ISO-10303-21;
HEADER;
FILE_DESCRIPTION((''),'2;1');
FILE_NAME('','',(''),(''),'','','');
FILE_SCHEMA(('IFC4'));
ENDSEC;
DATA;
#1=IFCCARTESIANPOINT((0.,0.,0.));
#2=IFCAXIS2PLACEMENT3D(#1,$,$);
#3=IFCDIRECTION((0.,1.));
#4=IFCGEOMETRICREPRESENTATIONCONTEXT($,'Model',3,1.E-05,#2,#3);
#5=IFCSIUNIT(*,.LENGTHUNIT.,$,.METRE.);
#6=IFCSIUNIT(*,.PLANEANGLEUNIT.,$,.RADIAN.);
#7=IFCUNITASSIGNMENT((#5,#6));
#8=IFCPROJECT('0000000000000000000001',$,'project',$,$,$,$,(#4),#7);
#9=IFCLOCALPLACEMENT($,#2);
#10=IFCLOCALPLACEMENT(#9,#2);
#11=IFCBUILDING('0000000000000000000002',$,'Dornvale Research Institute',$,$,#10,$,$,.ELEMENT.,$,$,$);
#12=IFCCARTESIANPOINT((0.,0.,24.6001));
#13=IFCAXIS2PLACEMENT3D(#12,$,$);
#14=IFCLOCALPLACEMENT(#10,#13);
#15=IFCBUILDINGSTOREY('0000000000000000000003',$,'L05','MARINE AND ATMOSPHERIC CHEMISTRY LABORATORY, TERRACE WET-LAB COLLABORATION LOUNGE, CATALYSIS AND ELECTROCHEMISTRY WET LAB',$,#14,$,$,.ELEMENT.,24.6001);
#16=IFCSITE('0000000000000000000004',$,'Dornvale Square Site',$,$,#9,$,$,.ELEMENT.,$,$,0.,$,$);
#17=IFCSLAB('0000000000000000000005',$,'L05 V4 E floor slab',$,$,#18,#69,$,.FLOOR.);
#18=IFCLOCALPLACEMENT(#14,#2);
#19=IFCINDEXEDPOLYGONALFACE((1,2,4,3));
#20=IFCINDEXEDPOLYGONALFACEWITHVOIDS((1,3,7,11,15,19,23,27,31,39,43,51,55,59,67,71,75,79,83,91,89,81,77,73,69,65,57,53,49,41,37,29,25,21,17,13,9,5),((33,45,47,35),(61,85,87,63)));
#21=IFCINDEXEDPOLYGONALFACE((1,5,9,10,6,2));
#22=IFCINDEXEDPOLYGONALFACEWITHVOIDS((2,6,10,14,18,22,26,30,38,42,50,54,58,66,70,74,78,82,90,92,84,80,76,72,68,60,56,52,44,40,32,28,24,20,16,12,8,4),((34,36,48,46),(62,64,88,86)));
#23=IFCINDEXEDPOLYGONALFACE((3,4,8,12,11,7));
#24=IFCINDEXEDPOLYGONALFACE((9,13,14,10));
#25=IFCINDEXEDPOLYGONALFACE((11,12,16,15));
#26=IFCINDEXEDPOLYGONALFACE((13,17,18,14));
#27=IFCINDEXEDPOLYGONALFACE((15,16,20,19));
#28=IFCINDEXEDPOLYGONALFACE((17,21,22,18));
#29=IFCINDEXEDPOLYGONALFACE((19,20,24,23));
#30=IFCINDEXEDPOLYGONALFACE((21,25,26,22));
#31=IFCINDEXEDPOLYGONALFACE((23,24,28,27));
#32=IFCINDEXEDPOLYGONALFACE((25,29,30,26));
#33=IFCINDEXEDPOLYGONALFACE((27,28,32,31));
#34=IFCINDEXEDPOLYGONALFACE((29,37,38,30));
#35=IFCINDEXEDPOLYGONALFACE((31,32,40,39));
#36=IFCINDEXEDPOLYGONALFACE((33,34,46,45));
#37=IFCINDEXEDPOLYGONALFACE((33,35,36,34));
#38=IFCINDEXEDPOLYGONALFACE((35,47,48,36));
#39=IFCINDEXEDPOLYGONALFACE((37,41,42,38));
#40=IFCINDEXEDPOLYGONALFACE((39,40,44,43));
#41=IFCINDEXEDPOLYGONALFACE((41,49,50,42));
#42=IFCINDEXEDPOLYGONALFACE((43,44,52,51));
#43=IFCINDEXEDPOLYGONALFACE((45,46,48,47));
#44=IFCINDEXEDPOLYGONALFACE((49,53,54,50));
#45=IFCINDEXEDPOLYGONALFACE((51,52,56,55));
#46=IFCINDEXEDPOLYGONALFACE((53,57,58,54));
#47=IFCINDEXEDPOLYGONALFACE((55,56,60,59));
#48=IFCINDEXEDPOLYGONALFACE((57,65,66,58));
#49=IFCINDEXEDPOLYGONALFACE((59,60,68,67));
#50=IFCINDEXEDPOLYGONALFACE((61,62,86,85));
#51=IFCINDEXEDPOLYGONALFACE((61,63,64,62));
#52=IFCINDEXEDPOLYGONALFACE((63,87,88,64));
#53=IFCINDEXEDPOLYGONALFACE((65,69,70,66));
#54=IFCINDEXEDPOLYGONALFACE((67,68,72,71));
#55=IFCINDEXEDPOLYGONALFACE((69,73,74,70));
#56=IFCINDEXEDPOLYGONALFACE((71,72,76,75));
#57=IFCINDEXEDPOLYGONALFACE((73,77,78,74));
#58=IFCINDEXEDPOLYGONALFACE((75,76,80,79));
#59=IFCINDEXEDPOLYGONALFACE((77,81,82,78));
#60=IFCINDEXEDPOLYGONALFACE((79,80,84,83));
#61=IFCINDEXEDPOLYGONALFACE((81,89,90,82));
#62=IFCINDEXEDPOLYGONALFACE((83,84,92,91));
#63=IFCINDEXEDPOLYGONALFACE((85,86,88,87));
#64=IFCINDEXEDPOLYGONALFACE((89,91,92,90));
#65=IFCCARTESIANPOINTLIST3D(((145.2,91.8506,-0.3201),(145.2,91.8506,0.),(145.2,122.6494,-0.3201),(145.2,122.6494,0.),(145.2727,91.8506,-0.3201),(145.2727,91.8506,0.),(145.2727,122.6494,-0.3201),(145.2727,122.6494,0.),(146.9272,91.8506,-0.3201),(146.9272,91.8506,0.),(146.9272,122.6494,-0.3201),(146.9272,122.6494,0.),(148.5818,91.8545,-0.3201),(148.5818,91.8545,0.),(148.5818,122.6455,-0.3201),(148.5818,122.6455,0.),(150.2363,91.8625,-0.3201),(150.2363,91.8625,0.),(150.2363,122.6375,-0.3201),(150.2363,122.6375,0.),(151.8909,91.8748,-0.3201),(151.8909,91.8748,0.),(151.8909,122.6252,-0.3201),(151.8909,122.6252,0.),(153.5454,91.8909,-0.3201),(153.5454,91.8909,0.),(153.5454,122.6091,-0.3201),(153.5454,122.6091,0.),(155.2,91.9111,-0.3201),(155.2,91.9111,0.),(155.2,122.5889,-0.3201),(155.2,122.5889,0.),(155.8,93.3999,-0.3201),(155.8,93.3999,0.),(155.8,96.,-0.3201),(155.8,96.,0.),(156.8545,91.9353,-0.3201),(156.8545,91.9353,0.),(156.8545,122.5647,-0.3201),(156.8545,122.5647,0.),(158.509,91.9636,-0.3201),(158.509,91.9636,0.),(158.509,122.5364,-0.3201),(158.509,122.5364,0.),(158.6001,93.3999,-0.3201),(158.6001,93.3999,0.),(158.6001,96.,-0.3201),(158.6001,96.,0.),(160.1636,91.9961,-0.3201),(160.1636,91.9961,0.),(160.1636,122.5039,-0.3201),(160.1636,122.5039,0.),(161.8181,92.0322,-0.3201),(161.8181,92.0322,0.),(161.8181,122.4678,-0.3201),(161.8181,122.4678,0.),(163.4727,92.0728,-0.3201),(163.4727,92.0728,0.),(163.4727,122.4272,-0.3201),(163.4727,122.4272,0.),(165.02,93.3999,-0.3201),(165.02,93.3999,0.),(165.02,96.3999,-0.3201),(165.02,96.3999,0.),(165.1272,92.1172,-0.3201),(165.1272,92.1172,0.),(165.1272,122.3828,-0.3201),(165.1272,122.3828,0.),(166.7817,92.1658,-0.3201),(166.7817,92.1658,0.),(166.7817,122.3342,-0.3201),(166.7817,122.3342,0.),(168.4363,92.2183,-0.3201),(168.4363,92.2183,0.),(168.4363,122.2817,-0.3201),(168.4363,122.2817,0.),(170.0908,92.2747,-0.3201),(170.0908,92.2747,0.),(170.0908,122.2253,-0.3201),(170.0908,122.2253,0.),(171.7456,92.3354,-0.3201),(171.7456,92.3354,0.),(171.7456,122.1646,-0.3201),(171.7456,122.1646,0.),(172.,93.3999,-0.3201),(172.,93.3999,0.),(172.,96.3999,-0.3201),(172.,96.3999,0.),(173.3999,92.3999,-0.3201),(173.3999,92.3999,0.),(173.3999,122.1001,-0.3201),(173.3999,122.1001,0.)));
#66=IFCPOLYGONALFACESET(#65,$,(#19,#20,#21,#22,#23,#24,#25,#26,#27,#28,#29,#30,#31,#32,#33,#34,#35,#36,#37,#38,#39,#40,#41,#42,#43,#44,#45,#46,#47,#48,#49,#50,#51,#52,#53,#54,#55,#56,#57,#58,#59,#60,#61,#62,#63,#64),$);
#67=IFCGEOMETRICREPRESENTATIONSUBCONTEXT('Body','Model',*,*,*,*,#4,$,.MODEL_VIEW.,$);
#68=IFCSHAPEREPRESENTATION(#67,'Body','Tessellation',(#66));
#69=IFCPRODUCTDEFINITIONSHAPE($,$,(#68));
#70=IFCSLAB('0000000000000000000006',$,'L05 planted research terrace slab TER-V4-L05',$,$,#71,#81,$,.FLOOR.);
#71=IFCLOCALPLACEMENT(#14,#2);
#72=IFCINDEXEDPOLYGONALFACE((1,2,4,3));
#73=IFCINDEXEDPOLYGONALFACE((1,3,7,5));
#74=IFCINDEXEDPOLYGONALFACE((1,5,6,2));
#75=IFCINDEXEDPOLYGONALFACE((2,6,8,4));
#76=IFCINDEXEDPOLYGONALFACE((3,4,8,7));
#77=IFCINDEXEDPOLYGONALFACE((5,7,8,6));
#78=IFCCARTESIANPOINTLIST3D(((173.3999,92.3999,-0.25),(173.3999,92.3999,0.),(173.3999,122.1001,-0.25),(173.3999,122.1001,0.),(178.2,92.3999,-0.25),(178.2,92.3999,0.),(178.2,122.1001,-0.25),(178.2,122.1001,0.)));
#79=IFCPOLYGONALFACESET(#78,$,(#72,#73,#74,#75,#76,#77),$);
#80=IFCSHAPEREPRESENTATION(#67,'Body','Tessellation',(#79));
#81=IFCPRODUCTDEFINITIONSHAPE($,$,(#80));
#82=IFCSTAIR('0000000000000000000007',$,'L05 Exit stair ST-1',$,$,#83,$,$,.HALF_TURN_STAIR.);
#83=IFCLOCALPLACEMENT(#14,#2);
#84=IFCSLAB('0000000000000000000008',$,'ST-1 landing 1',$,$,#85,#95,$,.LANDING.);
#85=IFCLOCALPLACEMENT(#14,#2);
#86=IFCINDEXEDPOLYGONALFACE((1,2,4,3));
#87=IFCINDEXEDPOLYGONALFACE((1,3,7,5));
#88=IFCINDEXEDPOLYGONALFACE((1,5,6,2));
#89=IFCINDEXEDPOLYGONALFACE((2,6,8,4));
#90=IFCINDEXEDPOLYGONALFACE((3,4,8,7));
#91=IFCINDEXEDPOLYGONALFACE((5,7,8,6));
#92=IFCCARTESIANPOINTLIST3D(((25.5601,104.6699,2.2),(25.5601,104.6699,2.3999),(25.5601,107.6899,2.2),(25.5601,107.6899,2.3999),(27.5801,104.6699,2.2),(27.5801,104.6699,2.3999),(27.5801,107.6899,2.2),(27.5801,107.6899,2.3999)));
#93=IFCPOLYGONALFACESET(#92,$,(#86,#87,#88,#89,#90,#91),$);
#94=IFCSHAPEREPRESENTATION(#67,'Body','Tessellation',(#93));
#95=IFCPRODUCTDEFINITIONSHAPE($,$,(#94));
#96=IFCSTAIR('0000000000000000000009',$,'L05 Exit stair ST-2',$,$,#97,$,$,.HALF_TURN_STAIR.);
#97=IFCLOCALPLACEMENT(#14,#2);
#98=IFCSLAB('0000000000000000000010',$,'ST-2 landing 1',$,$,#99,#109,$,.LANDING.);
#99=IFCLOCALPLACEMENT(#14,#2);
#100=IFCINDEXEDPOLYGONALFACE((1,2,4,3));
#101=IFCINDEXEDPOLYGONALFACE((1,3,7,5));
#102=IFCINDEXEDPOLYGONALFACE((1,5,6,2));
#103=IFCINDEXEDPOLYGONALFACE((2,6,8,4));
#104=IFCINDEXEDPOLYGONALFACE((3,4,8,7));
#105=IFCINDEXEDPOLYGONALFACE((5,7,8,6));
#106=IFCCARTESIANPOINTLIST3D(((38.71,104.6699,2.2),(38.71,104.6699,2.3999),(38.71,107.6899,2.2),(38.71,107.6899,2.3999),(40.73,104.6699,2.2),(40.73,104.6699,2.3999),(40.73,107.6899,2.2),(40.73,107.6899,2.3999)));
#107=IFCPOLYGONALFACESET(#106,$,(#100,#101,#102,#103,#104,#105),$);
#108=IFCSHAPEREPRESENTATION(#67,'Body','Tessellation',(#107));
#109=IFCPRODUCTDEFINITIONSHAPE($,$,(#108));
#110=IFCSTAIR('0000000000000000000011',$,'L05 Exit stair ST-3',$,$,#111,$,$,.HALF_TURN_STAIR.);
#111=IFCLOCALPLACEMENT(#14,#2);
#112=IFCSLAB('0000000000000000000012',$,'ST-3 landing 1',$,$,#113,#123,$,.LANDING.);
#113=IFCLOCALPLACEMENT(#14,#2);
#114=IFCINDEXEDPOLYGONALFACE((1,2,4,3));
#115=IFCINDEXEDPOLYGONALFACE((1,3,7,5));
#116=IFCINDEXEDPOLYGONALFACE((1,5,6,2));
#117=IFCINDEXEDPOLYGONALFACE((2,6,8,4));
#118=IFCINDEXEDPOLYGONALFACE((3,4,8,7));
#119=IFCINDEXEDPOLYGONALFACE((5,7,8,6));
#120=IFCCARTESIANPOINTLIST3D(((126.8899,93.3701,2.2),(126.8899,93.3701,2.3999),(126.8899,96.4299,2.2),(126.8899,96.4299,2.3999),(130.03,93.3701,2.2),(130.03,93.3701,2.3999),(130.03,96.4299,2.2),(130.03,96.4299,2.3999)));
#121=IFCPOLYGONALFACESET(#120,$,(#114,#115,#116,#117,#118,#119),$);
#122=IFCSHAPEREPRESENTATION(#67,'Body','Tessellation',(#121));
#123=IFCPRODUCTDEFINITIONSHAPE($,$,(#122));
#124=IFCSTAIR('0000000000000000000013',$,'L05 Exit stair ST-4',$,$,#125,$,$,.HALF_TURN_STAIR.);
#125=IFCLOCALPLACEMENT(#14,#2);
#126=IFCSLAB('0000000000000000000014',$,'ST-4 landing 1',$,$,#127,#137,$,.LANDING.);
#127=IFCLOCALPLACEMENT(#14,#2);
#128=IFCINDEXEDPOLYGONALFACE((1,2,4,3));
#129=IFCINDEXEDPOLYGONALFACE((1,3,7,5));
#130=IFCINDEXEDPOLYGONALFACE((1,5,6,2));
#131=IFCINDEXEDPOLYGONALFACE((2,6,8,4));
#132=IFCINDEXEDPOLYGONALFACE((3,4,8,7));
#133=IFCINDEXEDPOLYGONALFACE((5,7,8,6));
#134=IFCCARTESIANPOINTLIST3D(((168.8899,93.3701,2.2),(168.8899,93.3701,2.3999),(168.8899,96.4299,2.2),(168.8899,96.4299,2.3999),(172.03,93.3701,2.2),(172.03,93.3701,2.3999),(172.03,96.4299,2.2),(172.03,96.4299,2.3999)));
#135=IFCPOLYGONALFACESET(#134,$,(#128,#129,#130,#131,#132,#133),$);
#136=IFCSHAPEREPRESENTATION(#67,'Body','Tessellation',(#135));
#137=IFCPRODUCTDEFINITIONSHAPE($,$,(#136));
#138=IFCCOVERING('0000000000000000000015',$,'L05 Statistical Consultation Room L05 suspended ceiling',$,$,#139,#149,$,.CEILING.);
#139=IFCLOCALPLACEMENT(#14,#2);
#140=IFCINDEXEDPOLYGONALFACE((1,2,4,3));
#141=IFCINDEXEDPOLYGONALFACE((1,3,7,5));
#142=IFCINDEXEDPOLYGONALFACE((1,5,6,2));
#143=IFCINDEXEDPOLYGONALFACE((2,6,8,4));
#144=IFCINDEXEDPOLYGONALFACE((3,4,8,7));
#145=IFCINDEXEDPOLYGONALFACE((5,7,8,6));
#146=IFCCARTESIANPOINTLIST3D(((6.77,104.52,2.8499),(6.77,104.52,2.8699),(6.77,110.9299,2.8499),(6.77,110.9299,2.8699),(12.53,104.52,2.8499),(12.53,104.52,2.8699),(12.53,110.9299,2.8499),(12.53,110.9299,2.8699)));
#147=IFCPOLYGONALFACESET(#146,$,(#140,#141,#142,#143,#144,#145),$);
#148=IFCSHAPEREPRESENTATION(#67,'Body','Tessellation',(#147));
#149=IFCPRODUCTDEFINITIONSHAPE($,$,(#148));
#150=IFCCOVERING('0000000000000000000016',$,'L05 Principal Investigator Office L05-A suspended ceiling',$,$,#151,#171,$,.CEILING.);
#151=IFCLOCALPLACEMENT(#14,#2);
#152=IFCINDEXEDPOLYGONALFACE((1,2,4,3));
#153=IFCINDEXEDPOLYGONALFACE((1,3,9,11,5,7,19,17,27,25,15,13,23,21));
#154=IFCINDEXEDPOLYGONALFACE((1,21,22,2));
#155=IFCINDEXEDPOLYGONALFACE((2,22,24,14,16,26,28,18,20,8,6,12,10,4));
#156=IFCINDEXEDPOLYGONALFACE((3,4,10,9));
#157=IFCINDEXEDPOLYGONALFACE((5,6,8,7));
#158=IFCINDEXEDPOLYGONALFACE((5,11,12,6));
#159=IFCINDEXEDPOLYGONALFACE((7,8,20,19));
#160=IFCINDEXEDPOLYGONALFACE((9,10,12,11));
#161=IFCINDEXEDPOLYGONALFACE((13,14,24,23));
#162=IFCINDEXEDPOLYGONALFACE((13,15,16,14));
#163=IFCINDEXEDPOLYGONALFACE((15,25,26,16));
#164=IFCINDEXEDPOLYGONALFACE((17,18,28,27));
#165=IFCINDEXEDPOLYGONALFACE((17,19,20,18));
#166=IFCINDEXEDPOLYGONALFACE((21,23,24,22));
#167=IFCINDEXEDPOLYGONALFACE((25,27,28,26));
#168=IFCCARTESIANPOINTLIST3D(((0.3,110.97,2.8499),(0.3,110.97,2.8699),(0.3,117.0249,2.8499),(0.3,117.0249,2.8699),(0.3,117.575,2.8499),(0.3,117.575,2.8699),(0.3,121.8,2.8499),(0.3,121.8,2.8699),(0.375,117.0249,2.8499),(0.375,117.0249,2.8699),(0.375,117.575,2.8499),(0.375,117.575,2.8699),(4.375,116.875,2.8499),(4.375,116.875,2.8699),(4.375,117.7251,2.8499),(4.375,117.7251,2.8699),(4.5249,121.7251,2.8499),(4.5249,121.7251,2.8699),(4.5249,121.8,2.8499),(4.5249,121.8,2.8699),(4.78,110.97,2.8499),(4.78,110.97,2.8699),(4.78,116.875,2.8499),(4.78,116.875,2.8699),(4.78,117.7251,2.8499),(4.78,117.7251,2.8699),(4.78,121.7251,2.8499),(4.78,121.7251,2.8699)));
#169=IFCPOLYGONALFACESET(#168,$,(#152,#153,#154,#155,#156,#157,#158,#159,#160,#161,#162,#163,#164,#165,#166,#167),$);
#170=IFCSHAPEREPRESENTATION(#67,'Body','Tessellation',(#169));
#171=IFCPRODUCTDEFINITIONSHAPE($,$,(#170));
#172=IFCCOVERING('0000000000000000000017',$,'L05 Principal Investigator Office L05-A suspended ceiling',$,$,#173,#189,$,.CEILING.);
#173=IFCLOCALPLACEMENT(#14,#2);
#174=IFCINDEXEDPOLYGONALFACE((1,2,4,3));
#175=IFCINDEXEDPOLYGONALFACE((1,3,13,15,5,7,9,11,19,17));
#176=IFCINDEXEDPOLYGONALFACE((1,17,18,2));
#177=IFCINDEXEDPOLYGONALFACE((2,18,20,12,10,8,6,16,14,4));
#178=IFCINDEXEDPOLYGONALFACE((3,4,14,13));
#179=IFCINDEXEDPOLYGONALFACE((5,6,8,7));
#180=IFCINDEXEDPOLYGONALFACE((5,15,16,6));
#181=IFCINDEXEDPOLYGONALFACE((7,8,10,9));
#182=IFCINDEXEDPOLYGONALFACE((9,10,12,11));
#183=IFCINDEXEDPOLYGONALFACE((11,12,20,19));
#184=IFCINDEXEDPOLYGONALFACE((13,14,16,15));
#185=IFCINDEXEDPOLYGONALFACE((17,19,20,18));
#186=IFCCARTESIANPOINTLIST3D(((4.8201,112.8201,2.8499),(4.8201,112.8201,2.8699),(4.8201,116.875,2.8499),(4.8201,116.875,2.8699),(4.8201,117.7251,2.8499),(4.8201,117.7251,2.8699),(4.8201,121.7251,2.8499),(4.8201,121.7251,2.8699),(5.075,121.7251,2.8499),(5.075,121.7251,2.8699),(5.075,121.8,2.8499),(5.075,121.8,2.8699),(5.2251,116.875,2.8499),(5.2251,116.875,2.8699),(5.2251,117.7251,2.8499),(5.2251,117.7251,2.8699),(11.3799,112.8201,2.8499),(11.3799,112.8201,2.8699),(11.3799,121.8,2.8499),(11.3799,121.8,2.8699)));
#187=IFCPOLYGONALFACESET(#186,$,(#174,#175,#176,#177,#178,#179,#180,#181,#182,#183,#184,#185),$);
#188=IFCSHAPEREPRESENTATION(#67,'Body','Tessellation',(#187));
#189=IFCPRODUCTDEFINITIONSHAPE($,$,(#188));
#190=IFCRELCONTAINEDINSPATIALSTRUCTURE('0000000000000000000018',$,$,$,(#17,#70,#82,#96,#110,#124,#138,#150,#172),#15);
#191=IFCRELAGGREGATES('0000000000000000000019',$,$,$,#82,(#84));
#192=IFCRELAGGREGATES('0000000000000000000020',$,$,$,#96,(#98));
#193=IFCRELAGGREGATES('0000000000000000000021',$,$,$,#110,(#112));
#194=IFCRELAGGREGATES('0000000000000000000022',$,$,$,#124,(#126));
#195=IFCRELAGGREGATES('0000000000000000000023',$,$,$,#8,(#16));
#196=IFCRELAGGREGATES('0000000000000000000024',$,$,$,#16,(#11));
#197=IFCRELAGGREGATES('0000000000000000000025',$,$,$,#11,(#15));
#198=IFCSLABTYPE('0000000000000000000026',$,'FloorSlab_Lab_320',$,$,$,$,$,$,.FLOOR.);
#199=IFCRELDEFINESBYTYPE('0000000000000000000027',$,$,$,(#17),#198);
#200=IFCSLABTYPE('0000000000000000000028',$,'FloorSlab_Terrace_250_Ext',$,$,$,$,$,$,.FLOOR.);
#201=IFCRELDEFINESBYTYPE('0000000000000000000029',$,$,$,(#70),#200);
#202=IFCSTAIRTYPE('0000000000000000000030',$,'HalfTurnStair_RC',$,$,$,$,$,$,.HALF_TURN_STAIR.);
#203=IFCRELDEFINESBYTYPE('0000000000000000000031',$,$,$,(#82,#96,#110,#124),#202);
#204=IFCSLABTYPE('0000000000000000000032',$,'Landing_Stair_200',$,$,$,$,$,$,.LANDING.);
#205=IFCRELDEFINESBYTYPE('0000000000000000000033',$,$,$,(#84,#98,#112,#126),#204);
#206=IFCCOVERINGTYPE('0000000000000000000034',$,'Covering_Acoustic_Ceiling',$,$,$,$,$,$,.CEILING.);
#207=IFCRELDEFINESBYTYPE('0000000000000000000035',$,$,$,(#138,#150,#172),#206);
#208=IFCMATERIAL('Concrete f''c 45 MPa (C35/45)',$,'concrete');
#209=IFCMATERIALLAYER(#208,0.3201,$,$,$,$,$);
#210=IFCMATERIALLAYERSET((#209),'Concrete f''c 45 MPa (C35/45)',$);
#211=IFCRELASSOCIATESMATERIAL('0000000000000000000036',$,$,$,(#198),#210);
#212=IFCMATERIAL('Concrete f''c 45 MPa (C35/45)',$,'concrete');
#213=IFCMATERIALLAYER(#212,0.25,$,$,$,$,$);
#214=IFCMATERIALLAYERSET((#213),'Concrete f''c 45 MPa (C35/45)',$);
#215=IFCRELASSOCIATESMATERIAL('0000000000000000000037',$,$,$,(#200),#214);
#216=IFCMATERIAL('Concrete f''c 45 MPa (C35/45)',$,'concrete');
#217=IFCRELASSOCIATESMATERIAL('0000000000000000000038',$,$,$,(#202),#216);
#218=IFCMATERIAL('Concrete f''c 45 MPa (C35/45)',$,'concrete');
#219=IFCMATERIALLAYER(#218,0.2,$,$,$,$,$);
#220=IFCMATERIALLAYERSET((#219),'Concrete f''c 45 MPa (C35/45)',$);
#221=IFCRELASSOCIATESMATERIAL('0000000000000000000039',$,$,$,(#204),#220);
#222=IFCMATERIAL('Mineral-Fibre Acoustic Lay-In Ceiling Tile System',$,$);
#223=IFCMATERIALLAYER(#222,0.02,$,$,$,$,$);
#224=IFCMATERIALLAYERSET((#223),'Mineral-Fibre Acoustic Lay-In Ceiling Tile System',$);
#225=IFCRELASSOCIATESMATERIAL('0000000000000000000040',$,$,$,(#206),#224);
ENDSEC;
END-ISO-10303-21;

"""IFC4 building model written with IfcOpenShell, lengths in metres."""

from ifc_helpers import new_model, si_unit, direction, frame, origin, place, context, subcontext, project, spatial, polyline, outline, extrude, material, layer, layer_set, type_object, element, aggregate, save


model = new_model("IFC4")

# Units and contexts
model_context = context("Model", 3, precision=1e-05, world=origin(), true_north=direction((0.0, 1.0)))
body_context = subcontext(model_context, "Body", "Model", "MODEL_VIEW")
ifc_project = project(units=[si_unit("LENGTHUNIT", "METRE"), si_unit("PLANEANGLEUNIT", "RADIAN")], contexts=[model_context])

# Site, building, storey
site_placement = place(None, origin())
site = spatial("IfcSite", under=ifc_project, at=site_placement, Name="Dornvale Square Site", CompositionType="ELEMENT", RefElevation=0.0)
building_placement = place(site_placement, origin())
building = spatial("IfcBuilding", under=site, at=building_placement, Name="Dornvale Research Institute", CompositionType="ELEMENT")
storey_placement = place(building_placement, frame((0.0, 0.0, 24.6001)))
storey = spatial("IfcBuildingStorey", under=building, at=storey_placement, Name="L05", Description="MARINE AND ATMOSPHERIC CHEMISTRY LABORATORY, TERRACE WET-LAB COLLABORATION LOUNGE, CATALYSIS AND ELECTROCHEMISTRY WET LAB", CompositionType="ELEMENT", Elevation=24.6001)

# Slabs
ifc_material_1 = material(Name="Concrete f'c 45 MPa (C35/45)", Category="concrete")
ifc_layer_1 = layer(ifc_material_1, 0.3201)
ifc_layer_set_1 = layer_set([ifc_layer_1], Name="Concrete f'c 45 MPa (C35/45)")
slab_type_1 = type_object("IfcSlabType", Name="FloorSlab_Lab_320", PredefinedType="FLOOR", material=ifc_layer_set_1)
slab_1_placement = place(storey_placement, frame((0.0, 0.0, -0.3201)))
element("IfcSlab", 1, at=slab_1_placement, inside=storey, type_object=slab_type_1, Name="L05 V4 E floor slab", PredefinedType="FLOOR", context=body_context, shape_type="SweptSolid", body=[
    extrude(outline(polyline([(145.2727, 122.6494), (146.9272, 122.6494), (148.5818, 122.6455), (150.2363, 122.6375), (151.8909, 122.6252), (153.5454, 122.6091), (155.2, 122.5889), (156.8545, 122.5647), (158.509, 122.5364), (160.1636, 122.5039), (161.8181, 122.4678), (163.4727, 122.4272), (165.1272, 122.3828), (166.7817, 122.3342), (168.4363, 122.2817), (170.0908, 122.2253), (171.7456, 122.1646), (173.3999, 122.1001), (173.3999, 92.3999), (171.7456, 92.3354), (170.0908, 92.2747), (168.4363, 92.2183), (166.7817, 92.1658), (165.1272, 92.1172), (163.4727, 92.0728), (161.8181, 92.0322), (160.1636, 91.9961), (158.509, 91.9636), (156.8545, 91.9353), (155.2, 91.9111), (153.5454, 91.8909), (151.8909, 91.8748), (150.2363, 91.8625), (148.5818, 91.8545), (146.9272, 91.8506), (145.2727, 91.8506), (145.2, 91.8506), (145.2, 122.6494), (145.2727, 122.6494)]), holes=[polyline([(165.02, 93.3999), (172.0, 93.3999), (172.0, 96.3999), (165.02, 96.3999), (165.02, 93.3999)]), polyline([(155.8, 93.3999), (158.6001, 93.3999), (158.6001, 96.0), (155.8, 96.0), (155.8, 93.3999)])]), origin(), (0.0, 0.0, 1.0), 0.3201),
])
ifc_material_2 = material(Name="Concrete f'c 45 MPa (C35/45)", Category="concrete")
ifc_layer_2 = layer(ifc_material_2, 0.25)
ifc_layer_set_2 = layer_set([ifc_layer_2], Name="Concrete f'c 45 MPa (C35/45)")
slab_type_2 = type_object("IfcSlabType", Name="FloorSlab_Terrace_250_Ext", PredefinedType="FLOOR", material=ifc_layer_set_2)
slab_2_placement = place(storey_placement, frame((0.0, 0.0, -0.25)))
element("IfcSlab", 2, at=slab_2_placement, inside=storey, type_object=slab_type_2, Name="L05 planted research terrace slab TER-V4-L05", PredefinedType="FLOOR", context=body_context, shape_type="SweptSolid", body=[
    extrude(outline(polyline([(173.3999, 92.3999), (178.2, 92.3999), (178.2, 122.1001), (173.3999, 122.1001), (173.3999, 92.3999)])), origin(), (0.0, 0.0, 1.0), 0.25),
])

# Stairs, slabs
ifc_material_3 = material(Name="Concrete f'c 45 MPa (C35/45)", Category="concrete")
stair_type = type_object("IfcStairType", Name="HalfTurnStair_RC", PredefinedType="HALF_TURN_STAIR", material=ifc_material_3)
stair_1_placement = place(storey_placement, origin())
stair_1 = element("IfcStair", 3, at=stair_1_placement, inside=storey, type_object=stair_type, Name="L05 Exit stair ST-1", PredefinedType="HALF_TURN_STAIR")
ifc_material_4 = material(Name="Concrete f'c 45 MPa (C35/45)", Category="concrete")
ifc_layer_3 = layer(ifc_material_4, 0.2)
ifc_layer_set_3 = layer_set([ifc_layer_3], Name="Concrete f'c 45 MPa (C35/45)")
slab_type_3 = type_object("IfcSlabType", Name="Landing_Stair_200", PredefinedType="LANDING", material=ifc_layer_set_3)
slab_3_placement = place(storey_placement, frame((0.0, 0.0, 2.2)))
slab_3 = element("IfcSlab", 4, at=slab_3_placement, type_object=slab_type_3, Name="ST-1 landing 1", PredefinedType="LANDING", context=body_context, shape_type="SweptSolid", body=[
    extrude(outline(polyline([(25.5601, 104.6699), (25.5601, 107.6899), (27.5801, 107.6899), (27.5801, 104.6699), (25.5601, 104.6699)])), origin(), (0.0, 0.0, 1.0), 0.2),
])
aggregate(stair_1, [slab_3])
stair_2_placement = place(storey_placement, origin())
stair_2 = element("IfcStair", 5, at=stair_2_placement, inside=storey, type_object=stair_type, Name="L05 Exit stair ST-2", PredefinedType="HALF_TURN_STAIR")
slab_4_placement = place(storey_placement, frame((0.0, 0.0, 2.2)))
slab_4 = element("IfcSlab", 6, at=slab_4_placement, type_object=slab_type_3, Name="ST-2 landing 1", PredefinedType="LANDING", context=body_context, shape_type="SweptSolid", body=[
    extrude(outline(polyline([(38.71, 104.6699), (38.71, 107.6899), (40.73, 107.6899), (40.73, 104.6699), (38.71, 104.6699)])), origin(), (0.0, 0.0, 1.0), 0.2),
])
aggregate(stair_2, [slab_4])
stair_3_placement = place(storey_placement, origin())
stair_3 = element("IfcStair", 7, at=stair_3_placement, inside=storey, type_object=stair_type, Name="L05 Exit stair ST-3", PredefinedType="HALF_TURN_STAIR")
slab_5_placement = place(storey_placement, frame((0.0, 0.0, 2.2)))
slab_5 = element("IfcSlab", 8, at=slab_5_placement, type_object=slab_type_3, Name="ST-3 landing 1", PredefinedType="LANDING", context=body_context, shape_type="SweptSolid", body=[
    extrude(outline(polyline([(126.8899, 93.3701), (126.8899, 96.4299), (130.03, 96.4299), (130.03, 93.3701), (126.8899, 93.3701)])), origin(), (0.0, 0.0, 1.0), 0.2),
])
aggregate(stair_3, [slab_5])
stair_4_placement = place(storey_placement, origin())
stair_4 = element("IfcStair", 9, at=stair_4_placement, inside=storey, type_object=stair_type, Name="L05 Exit stair ST-4", PredefinedType="HALF_TURN_STAIR")
slab_6_placement = place(storey_placement, frame((0.0, 0.0, 2.2)))
slab_6 = element("IfcSlab", 10, at=slab_6_placement, type_object=slab_type_3, Name="ST-4 landing 1", PredefinedType="LANDING", context=body_context, shape_type="SweptSolid", body=[
    extrude(outline(polyline([(168.8899, 93.3701), (168.8899, 96.4299), (172.03, 96.4299), (172.03, 93.3701), (168.8899, 93.3701)])), origin(), (0.0, 0.0, 1.0), 0.2),
])
aggregate(stair_4, [slab_6])

# Coverings
ifc_material_5 = material(Name="Mineral-Fibre Acoustic Lay-In Ceiling Tile System")
ifc_layer_4 = layer(ifc_material_5, 0.02)
ifc_layer_set_4 = layer_set([ifc_layer_4], Name="Mineral-Fibre Acoustic Lay-In Ceiling Tile System")
covering_type_1 = type_object("IfcCoveringType", Name="Covering_Acoustic_Ceiling", PredefinedType="CEILING", material=ifc_layer_set_4)
covering_1_placement = place(storey_placement, frame((0.0, 0.0, 2.8499)))
element("IfcCovering", 11, at=covering_1_placement, inside=storey, type_object=covering_type_1, Name="L05 Statistical Consultation Room L05 suspended ceiling", PredefinedType="CEILING", context=body_context, shape_type="SweptSolid", body=[
    extrude(outline(polyline([(6.77, 104.52), (6.77, 110.9299), (12.53, 110.9299), (12.53, 104.52), (6.77, 104.52)])), origin(), (0.0, 0.0, 1.0), 0.02),
])
covering_2_placement = place(storey_placement, frame((0.0, 0.0, 2.8499)))
element("IfcCovering", 12, at=covering_2_placement, inside=storey, type_object=covering_type_1, Name="L05 Principal Investigator Office L05-A suspended ceiling", PredefinedType="CEILING", context=body_context, shape_type="SweptSolid", body=[
    extrude(outline(polyline([(0.3, 110.97), (0.3, 117.0249), (0.375, 117.0249), (0.375, 117.575), (0.3, 117.575), (0.3, 121.8), (4.5249, 121.8), (4.5249, 121.7251), (4.78, 121.7251), (4.78, 117.7251), (4.375, 117.7251), (4.375, 116.875), (4.78, 116.875), (4.78, 110.97), (0.3, 110.97)])), origin(), (0.0, 0.0, 1.0), 0.02),
])
covering_3_placement = place(storey_placement, frame((0.0, 0.0, 2.8499)))
element("IfcCovering", 13, at=covering_3_placement, inside=storey, type_object=covering_type_1, Name="L05 Principal Investigator Office L05-A suspended ceiling", PredefinedType="CEILING", context=body_context, shape_type="SweptSolid", body=[
    extrude(outline(polyline([(4.8201, 112.8201), (4.8201, 116.875), (5.2251, 116.875), (5.2251, 117.7251), (4.8201, 117.7251), (4.8201, 121.7251), (5.075, 121.7251), (5.075, 121.8), (11.3799, 121.8), (11.3799, 112.8201), (4.8201, 112.8201)])), origin(), (0.0, 0.0, 1.0), 0.02),
])

save(model, "model.ifc")
